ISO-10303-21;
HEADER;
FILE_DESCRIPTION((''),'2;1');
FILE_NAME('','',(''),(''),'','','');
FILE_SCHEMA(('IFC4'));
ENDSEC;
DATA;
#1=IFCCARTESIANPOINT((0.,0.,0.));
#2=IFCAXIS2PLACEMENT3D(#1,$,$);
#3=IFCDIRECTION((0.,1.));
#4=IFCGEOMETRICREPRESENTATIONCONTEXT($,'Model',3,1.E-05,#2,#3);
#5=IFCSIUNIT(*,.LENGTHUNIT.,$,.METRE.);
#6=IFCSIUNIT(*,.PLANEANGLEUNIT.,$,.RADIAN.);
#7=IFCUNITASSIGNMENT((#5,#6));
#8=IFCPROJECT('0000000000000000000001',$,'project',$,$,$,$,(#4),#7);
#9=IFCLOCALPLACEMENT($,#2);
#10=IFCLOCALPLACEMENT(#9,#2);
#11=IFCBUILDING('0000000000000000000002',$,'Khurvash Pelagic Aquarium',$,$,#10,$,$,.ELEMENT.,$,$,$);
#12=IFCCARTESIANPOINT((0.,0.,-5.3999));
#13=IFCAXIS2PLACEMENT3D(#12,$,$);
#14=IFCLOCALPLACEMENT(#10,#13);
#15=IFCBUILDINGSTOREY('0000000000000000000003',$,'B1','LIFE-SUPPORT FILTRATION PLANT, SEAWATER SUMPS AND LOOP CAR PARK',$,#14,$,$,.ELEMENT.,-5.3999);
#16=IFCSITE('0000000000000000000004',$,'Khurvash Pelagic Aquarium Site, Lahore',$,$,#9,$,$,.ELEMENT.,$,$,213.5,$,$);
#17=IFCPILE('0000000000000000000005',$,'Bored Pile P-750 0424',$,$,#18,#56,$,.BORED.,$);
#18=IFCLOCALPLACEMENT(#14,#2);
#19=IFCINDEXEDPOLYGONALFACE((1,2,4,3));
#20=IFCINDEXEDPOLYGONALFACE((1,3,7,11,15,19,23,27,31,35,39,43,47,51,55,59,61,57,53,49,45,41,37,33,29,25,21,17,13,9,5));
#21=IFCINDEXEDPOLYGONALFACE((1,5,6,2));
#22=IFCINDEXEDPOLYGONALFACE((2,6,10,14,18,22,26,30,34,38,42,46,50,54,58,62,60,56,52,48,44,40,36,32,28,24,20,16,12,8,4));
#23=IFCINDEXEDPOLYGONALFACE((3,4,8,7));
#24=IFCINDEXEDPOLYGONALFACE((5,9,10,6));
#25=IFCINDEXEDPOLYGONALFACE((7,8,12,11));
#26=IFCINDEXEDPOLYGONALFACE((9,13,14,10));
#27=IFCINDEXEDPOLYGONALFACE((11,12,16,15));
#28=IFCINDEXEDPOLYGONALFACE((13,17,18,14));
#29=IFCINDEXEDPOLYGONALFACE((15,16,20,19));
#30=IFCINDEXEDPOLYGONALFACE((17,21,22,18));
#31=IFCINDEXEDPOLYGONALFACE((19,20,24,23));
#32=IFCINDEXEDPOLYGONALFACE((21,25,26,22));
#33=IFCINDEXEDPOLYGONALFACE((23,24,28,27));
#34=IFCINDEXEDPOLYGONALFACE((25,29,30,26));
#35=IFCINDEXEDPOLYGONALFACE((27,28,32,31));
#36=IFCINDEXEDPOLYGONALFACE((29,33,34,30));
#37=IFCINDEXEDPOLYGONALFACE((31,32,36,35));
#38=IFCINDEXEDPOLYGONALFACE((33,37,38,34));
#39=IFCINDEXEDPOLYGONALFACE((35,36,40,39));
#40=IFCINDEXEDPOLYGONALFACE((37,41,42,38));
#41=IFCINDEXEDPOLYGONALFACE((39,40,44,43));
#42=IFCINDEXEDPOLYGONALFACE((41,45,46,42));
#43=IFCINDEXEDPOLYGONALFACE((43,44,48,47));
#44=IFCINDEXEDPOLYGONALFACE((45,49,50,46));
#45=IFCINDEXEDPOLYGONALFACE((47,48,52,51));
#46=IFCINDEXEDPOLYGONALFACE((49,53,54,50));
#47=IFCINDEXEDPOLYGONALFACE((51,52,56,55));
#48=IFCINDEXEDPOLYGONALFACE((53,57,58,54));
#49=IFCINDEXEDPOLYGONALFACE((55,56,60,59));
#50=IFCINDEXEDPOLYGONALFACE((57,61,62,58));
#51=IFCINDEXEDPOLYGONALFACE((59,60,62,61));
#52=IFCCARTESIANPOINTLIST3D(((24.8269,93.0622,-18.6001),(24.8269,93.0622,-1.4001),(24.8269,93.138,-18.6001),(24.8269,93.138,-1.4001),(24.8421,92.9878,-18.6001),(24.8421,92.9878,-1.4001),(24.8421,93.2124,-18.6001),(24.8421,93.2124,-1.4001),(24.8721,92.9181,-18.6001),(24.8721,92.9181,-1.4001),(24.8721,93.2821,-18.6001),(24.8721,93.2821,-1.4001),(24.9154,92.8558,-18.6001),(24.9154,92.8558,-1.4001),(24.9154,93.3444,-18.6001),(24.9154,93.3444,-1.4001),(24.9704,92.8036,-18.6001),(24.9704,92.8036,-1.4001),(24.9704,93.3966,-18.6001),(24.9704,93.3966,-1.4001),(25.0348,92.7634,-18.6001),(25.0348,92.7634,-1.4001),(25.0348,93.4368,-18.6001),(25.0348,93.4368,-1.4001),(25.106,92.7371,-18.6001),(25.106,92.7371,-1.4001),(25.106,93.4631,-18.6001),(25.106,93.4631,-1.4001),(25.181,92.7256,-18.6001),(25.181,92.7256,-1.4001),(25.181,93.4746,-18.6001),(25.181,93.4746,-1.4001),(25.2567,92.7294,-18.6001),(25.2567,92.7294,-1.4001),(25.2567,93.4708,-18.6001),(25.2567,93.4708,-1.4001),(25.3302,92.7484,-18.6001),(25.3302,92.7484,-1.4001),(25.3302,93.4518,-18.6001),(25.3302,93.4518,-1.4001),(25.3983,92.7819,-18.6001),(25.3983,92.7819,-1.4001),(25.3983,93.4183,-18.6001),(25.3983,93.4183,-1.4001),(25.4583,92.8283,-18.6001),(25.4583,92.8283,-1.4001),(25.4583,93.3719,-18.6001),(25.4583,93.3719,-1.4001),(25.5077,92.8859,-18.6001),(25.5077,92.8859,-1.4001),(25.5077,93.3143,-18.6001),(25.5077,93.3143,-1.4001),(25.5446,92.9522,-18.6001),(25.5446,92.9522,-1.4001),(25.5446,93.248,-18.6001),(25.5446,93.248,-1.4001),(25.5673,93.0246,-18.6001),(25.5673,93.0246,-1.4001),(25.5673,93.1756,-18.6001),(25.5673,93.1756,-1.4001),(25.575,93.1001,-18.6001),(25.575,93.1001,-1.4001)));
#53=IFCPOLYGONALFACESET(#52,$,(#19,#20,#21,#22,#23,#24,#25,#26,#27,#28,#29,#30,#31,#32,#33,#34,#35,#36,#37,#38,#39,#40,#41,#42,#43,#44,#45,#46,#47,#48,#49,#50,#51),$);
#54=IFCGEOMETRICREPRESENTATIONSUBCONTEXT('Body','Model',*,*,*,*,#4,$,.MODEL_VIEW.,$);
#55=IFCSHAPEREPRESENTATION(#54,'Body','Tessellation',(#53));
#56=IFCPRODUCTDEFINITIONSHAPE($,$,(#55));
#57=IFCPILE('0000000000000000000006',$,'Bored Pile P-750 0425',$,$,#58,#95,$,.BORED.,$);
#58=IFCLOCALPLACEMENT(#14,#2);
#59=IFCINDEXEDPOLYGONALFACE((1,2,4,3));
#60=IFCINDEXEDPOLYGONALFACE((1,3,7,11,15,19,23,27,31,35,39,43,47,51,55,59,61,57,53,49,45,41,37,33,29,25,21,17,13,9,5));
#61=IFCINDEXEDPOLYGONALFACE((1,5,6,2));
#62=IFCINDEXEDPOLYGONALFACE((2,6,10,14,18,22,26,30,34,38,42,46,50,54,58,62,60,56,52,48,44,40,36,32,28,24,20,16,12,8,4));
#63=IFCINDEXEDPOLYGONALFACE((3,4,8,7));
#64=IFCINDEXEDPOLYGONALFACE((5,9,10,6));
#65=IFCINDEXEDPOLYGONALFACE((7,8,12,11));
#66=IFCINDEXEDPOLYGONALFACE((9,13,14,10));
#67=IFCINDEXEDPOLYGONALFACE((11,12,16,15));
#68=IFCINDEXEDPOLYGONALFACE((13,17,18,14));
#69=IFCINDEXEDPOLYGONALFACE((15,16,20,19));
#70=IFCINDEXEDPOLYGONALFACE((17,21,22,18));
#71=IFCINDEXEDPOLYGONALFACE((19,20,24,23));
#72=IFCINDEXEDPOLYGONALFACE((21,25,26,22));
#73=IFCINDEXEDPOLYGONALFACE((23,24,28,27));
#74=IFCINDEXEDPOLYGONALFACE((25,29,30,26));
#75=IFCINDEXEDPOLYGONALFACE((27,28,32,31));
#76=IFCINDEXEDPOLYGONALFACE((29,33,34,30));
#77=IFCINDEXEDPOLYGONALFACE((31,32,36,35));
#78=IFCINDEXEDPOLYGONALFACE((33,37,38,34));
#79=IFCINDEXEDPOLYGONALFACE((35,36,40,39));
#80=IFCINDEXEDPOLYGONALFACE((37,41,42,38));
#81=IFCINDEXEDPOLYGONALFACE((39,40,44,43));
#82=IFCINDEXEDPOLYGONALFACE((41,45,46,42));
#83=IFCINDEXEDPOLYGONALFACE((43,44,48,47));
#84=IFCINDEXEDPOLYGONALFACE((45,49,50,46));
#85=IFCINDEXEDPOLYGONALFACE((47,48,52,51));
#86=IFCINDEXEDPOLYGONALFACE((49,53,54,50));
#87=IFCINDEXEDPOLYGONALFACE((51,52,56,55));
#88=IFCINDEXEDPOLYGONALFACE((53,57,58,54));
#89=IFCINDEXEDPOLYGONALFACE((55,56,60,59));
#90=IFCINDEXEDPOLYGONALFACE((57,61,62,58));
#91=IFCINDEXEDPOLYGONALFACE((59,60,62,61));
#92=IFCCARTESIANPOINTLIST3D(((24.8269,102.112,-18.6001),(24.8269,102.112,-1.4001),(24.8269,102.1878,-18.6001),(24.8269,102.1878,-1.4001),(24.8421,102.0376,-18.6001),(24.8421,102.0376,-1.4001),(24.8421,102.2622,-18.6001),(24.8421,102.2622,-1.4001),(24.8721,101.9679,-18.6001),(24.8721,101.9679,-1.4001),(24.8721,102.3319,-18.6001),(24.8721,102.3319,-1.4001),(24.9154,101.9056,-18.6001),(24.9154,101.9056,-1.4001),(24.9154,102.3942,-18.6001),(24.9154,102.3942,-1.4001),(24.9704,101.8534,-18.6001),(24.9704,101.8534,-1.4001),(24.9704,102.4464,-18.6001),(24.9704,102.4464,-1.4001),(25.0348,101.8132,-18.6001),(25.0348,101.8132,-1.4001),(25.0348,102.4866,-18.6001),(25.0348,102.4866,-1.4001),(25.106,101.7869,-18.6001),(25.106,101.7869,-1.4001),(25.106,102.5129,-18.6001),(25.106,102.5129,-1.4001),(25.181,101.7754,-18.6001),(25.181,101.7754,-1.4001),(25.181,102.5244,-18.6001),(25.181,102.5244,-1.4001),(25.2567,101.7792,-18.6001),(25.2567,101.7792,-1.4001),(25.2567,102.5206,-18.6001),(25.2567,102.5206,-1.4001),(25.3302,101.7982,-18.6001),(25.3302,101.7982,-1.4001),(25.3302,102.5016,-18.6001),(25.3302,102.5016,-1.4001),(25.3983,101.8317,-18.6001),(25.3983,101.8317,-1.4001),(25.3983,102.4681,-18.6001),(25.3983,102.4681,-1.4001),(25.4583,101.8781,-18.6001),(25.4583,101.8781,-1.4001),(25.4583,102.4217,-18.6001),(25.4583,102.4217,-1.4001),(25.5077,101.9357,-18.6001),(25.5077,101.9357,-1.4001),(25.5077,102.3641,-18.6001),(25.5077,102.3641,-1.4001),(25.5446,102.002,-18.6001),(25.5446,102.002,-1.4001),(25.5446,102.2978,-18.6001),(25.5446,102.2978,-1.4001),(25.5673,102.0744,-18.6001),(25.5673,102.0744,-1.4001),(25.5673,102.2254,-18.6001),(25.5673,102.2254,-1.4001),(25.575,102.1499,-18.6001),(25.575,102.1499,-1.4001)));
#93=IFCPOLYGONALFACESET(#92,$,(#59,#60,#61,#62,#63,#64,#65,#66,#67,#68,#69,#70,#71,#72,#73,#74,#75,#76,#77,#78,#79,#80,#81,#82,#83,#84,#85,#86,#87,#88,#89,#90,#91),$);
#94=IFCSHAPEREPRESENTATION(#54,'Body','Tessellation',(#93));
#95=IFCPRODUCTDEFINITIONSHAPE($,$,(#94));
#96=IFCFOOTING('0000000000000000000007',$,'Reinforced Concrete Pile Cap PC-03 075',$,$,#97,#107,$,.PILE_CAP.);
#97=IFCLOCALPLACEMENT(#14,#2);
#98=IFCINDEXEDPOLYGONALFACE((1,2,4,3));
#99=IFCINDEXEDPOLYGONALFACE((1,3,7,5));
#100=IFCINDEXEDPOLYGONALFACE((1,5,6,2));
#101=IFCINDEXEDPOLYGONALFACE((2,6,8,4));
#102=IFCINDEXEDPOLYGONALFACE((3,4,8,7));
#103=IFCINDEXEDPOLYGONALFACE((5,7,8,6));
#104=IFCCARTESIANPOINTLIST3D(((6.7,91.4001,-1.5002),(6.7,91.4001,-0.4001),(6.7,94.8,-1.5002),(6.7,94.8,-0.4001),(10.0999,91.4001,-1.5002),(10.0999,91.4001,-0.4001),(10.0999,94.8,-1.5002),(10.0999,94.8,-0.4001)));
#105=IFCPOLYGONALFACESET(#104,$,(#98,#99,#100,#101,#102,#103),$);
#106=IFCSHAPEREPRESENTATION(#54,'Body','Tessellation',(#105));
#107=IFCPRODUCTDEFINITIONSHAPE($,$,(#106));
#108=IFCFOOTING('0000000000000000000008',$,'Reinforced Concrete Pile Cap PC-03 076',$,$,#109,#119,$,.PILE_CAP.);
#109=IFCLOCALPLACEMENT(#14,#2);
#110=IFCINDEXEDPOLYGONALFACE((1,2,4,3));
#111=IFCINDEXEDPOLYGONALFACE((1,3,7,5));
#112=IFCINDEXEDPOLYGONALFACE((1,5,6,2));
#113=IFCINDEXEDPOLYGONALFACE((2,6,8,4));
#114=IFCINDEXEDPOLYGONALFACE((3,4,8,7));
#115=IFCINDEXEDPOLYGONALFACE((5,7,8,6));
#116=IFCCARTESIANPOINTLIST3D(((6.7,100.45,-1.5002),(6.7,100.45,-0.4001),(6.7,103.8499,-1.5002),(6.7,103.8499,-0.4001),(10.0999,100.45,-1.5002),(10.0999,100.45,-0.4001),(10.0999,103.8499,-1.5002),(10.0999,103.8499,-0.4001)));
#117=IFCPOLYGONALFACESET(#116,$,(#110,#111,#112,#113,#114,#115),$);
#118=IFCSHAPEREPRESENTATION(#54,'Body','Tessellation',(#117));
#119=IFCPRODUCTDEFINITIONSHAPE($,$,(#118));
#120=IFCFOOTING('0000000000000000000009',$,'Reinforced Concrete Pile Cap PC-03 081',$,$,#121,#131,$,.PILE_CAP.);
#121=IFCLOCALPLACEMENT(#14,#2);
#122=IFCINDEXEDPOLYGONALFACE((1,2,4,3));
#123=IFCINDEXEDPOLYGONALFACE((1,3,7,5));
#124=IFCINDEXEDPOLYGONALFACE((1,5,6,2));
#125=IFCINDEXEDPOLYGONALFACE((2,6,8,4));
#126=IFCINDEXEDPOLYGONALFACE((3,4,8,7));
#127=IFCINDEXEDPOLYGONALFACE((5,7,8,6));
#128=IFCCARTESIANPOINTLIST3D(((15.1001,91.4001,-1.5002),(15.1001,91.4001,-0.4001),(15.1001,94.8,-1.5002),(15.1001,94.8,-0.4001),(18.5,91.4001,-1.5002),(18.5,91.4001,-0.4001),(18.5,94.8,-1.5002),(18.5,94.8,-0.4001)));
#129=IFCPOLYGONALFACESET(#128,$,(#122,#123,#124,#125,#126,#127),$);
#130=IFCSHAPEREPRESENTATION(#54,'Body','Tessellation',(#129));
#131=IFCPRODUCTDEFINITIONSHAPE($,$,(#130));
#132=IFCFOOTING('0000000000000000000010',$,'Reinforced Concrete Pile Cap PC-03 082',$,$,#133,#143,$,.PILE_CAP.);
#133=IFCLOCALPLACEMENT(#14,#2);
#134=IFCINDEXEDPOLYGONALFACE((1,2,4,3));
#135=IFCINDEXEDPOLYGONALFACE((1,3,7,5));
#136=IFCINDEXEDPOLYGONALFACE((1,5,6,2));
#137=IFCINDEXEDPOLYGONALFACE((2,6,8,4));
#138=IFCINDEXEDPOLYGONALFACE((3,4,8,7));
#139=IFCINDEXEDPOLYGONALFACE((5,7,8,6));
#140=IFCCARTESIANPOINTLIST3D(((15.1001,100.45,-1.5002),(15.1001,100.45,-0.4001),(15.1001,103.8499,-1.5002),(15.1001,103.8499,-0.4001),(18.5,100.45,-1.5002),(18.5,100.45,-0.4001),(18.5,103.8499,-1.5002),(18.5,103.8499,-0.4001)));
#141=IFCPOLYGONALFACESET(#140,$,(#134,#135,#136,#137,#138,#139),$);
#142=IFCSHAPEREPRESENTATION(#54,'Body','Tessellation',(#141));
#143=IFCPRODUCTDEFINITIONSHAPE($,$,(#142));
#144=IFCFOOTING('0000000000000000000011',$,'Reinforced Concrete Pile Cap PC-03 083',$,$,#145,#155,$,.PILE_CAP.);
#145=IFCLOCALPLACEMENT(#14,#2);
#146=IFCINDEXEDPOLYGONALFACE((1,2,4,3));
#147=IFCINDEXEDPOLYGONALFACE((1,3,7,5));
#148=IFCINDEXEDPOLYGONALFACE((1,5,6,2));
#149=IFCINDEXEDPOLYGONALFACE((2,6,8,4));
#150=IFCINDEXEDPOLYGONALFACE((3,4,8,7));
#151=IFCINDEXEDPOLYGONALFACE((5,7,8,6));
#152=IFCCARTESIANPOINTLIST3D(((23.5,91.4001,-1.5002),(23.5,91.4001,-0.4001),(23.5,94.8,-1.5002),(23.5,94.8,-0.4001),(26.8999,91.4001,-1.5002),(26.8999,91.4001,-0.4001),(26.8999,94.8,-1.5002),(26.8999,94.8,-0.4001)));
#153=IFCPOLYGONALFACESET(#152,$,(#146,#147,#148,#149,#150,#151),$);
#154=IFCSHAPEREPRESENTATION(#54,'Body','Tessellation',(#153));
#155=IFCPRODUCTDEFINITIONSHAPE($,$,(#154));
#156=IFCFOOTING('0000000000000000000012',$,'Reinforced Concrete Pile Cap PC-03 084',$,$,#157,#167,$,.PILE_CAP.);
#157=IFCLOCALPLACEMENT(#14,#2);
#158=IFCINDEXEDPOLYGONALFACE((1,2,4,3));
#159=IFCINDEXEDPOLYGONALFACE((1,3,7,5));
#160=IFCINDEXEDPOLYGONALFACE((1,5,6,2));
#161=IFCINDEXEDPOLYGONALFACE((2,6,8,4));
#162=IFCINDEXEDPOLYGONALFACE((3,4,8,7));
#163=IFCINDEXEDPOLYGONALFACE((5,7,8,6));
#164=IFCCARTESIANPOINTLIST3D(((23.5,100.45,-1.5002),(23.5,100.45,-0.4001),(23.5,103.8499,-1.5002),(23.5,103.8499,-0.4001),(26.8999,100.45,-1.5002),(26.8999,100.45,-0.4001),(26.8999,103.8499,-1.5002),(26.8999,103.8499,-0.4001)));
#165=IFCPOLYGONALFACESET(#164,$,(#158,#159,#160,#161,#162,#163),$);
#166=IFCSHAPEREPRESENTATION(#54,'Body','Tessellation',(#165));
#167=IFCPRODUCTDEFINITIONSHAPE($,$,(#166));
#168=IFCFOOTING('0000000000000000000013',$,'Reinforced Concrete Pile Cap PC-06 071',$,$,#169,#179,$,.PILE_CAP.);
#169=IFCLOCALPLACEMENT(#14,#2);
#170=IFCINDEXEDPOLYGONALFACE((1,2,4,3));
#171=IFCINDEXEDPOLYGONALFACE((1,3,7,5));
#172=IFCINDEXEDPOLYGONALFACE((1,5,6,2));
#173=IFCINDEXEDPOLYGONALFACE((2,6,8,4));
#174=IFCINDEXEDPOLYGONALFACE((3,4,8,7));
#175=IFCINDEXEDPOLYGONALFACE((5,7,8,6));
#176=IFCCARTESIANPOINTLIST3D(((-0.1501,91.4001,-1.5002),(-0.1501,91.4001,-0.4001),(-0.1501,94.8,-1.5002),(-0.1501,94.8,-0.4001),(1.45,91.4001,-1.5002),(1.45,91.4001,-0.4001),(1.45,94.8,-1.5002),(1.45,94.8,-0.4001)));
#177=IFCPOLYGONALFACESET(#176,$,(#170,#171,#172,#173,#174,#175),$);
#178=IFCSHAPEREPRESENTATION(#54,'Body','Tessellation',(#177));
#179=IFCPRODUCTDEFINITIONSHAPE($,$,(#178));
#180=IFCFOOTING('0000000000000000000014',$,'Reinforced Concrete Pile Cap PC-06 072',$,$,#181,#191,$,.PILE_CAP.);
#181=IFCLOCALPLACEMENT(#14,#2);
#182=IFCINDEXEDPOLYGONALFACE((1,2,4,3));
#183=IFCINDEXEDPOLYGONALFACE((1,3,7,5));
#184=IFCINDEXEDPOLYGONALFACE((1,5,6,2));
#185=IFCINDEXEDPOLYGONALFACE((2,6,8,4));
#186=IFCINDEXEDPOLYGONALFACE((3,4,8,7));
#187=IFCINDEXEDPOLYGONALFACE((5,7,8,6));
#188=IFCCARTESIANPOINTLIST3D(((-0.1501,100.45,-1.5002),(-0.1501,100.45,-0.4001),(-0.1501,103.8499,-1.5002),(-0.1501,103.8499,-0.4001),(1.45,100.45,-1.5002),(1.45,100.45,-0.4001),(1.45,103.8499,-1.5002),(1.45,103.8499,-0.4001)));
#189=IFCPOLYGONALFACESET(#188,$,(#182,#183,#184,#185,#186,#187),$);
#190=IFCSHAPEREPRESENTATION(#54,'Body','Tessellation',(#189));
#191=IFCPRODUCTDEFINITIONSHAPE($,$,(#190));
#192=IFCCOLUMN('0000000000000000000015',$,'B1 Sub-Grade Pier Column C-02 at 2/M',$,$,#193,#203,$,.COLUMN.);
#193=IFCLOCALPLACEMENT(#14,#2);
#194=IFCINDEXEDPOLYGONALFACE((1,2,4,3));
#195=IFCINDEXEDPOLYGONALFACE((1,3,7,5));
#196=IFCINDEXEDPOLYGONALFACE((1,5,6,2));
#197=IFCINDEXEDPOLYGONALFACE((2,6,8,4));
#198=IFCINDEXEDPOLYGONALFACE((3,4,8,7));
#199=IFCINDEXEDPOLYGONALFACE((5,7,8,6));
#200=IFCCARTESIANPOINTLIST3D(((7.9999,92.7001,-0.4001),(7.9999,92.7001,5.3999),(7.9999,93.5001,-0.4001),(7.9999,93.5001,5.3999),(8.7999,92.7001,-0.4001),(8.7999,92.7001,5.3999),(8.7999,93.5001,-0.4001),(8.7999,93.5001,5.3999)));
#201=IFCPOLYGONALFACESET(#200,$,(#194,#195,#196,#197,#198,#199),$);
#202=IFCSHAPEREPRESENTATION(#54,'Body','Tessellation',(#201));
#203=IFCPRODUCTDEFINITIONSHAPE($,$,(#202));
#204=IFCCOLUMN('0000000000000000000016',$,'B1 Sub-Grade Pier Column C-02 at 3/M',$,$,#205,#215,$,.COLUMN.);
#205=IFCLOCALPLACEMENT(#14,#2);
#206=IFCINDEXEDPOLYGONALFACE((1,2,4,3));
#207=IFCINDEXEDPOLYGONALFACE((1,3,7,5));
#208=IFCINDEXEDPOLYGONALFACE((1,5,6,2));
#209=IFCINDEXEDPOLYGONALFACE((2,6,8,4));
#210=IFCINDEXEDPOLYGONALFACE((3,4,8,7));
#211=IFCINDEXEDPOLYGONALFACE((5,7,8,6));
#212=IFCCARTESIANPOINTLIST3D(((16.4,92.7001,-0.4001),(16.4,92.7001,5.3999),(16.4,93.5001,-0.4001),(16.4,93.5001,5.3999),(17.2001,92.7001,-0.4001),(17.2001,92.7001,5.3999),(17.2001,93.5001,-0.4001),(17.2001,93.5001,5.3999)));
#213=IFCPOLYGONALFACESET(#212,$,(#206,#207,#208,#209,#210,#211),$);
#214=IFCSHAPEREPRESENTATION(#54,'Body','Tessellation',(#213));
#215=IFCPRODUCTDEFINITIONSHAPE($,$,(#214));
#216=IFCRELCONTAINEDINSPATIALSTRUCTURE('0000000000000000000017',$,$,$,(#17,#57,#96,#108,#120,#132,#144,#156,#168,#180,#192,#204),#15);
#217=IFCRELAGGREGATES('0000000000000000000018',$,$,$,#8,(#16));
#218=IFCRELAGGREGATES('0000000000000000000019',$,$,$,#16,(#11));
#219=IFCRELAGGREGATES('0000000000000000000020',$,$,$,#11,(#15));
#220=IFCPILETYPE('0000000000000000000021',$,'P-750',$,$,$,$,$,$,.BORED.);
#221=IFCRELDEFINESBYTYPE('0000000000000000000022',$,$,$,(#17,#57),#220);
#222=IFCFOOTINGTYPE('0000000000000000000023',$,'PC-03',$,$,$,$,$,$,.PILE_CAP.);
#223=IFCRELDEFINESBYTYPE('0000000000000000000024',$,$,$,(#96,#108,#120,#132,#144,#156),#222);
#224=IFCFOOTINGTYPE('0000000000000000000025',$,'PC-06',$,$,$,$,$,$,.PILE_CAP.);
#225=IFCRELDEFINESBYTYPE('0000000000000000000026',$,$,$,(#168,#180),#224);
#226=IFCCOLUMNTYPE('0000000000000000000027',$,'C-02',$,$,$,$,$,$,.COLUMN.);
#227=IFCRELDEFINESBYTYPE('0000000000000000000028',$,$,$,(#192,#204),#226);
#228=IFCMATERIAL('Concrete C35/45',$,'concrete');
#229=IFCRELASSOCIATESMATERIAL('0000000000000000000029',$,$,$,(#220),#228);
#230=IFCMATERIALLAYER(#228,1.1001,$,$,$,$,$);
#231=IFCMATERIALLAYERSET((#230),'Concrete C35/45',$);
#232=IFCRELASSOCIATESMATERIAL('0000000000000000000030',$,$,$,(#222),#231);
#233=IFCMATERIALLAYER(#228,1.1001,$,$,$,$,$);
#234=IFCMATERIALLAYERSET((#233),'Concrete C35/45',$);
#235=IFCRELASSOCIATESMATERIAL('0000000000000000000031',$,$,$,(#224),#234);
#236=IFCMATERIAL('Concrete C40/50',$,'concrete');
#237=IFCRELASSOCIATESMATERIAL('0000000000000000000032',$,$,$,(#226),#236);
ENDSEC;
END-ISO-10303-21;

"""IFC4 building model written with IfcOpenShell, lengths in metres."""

from ifc_helpers import new_model, si_unit, direction, frame, origin, origin_2d, place, context, subcontext, project, spatial, rectangle, circle, extrude, material, layer, layer_set, material_profile, profile_set, type_object, element, save


model = new_model("IFC4")

# Units and contexts
model_context = context("Model", 3, precision=1e-05, world=origin(), true_north=direction((0.0, 1.0)))
body_context = subcontext(model_context, "Body", "Model", "MODEL_VIEW")
ifc_project = project(units=[si_unit("LENGTHUNIT", "METRE"), si_unit("PLANEANGLEUNIT", "RADIAN")], contexts=[model_context])

# Site, building, storey
site_placement = place(None, origin())
site = spatial("IfcSite", under=ifc_project, at=site_placement, Name="Khurvash Pelagic Aquarium Site, Lahore", CompositionType="ELEMENT", RefElevation=213.5)
building_placement = place(site_placement, origin())
building = spatial("IfcBuilding", under=site, at=building_placement, Name="Khurvash Pelagic Aquarium", CompositionType="ELEMENT")
storey_placement = place(building_placement, frame((0.0, 0.0, -5.3999)))
storey = spatial("IfcBuildingStorey", under=building, at=storey_placement, Name="B1", Description="LIFE-SUPPORT FILTRATION PLANT, SEAWATER SUMPS AND LOOP CAR PARK", CompositionType="ELEMENT", Elevation=-5.3999)

# Shared definitions
ifc_material_1 = material(Name="Concrete C35/45", Category="concrete")

# Piles
ifc_material_profile_1 = material_profile(ifc_material_1, circle(Radius=0.375, at=origin_2d()), Name="PILE750")
ifc_profile_set_1 = profile_set([ifc_material_profile_1], Name="Concrete C35/45")
pile_type = type_object("IfcPileType", Name="P-750", PredefinedType="BORED", material=ifc_profile_set_1)
for number, where, z_axis, x_axis, name in (
    (1, (25.2, 93.1001, -1.4001), (0.0, 0.0, -1.0), (1.0, 0.0, 0.0), "Bored Pile P-750 0424"),
    (2, (25.2, 102.1499, -1.4001), (0.0, 0.0, -1.0), (1.0, 0.0, 0.0), "Bored Pile P-750 0425"),
):
    element("IfcPile", number, at=place(storey_placement, frame(where, z_axis=z_axis, x_axis=x_axis)), inside=storey, type_object=pile_type, Name=name, PredefinedType="BORED", context=body_context, shape_type="SweptSolid", body=[
        extrude(circle(Radius=0.375, at=origin_2d()), origin(), (0.0, 0.0, 1.0), 17.2),
    ])

# Footings
ifc_layer_1 = layer(ifc_material_1, 1.1001)
ifc_layer_set_1 = layer_set([ifc_layer_1], Name="Concrete C35/45")
footing_type_1 = type_object("IfcFootingType", Name="PC-03", PredefinedType="PILE_CAP", material=ifc_layer_set_1)
for number, where, z_axis, x_axis, name in (
    (3, (8.3999, 93.1001, -1.5002), (0.0, 0.0, 1.0), (1.0, 0.0, 0.0), "Reinforced Concrete Pile Cap PC-03 075"),
    (4, (8.3999, 102.1499, -1.5002), (0.0, 0.0, 1.0), (1.0, 0.0, 0.0), "Reinforced Concrete Pile Cap PC-03 076"),
    (5, (16.8, 93.1001, -1.5002), (0.0, 0.0, 1.0), (1.0, 0.0, 0.0), "Reinforced Concrete Pile Cap PC-03 081"),
    (6, (16.8, 102.1499, -1.5002), (0.0, 0.0, 1.0), (1.0, 0.0, 0.0), "Reinforced Concrete Pile Cap PC-03 082"),
    (7, (25.2, 93.1001, -1.5002), (0.0, 0.0, 1.0), (1.0, 0.0, 0.0), "Reinforced Concrete Pile Cap PC-03 083"),
    (8, (25.2, 102.1499, -1.5002), (0.0, 0.0, 1.0), (1.0, 0.0, 0.0), "Reinforced Concrete Pile Cap PC-03 084"),
):
    element("IfcFooting", number, at=place(storey_placement, frame(where, z_axis=z_axis, x_axis=x_axis)), inside=storey, type_object=footing_type_1, Name=name, PredefinedType="PILE_CAP", context=body_context, shape_type="SweptSolid", body=[
        extrude(rectangle(XDim=3.3999, YDim=3.3999, at=origin_2d()), origin(), (0.0, 0.0, 1.0), 1.1001),
    ])
ifc_layer_2 = layer(ifc_material_1, 1.1001)
ifc_layer_set_2 = layer_set([ifc_layer_2], Name="Concrete C35/45")
footing_type_2 = type_object("IfcFootingType", Name="PC-06", PredefinedType="PILE_CAP", material=ifc_layer_set_2)
for number, where, z_axis, x_axis, name in (
    (9, (0.6499, 93.1001, -1.5002), (0.0, 0.0, 1.0), (1.0, 0.0, 0.0), "Reinforced Concrete Pile Cap PC-06 071"),
    (10, (0.6499, 102.1499, -1.5002), (0.0, 0.0, 1.0), (1.0, 0.0, 0.0), "Reinforced Concrete Pile Cap PC-06 072"),
):
    element("IfcFooting", number, at=place(storey_placement, frame(where, z_axis=z_axis, x_axis=x_axis)), inside=storey, type_object=footing_type_2, Name=name, PredefinedType="PILE_CAP", context=body_context, shape_type="SweptSolid", body=[
        extrude(rectangle(XDim=1.6001, YDim=3.3999, at=origin_2d()), origin(), (0.0, 0.0, 1.0), 1.1001),
    ])

# Columns
ifc_material_2 = material(Name="Concrete C40/50", Category="concrete")
ifc_material_profile_2 = material_profile(ifc_material_2, rectangle(XDim=0.8, YDim=0.8, at=origin_2d()), Name="RC800X800")
ifc_profile_set_2 = profile_set([ifc_material_profile_2], Name="Concrete C40/50")
column_type_1 = type_object("IfcColumnType", Name="C-02", PredefinedType="COLUMN", material=ifc_profile_set_2)
for number, where, z_axis, x_axis, name in (
    (11, (8.3999, 93.1001, -0.4001), (0.0, 0.0, 1.0), (1.0, 0.0, 0.0), "B1 Sub-Grade Pier Column C-02 at 2/M"),
    (12, (16.8, 93.1001, -0.4001), (0.0, 0.0, 1.0), (1.0, 0.0, 0.0), "B1 Sub-Grade Pier Column C-02 at 3/M"),
):
    element("IfcColumn", number, at=place(storey_placement, frame(where, z_axis=z_axis, x_axis=x_axis)), inside=storey, type_object=column_type_1, Name=name, PredefinedType="COLUMN", context=body_context, shape_type="SweptSolid", body=[
        extrude(rectangle(XDim=0.8, YDim=0.8, at=origin_2d()), origin(), (0.0, 0.0, 1.0), 5.8),
    ])

save(model, "model.ifc")
